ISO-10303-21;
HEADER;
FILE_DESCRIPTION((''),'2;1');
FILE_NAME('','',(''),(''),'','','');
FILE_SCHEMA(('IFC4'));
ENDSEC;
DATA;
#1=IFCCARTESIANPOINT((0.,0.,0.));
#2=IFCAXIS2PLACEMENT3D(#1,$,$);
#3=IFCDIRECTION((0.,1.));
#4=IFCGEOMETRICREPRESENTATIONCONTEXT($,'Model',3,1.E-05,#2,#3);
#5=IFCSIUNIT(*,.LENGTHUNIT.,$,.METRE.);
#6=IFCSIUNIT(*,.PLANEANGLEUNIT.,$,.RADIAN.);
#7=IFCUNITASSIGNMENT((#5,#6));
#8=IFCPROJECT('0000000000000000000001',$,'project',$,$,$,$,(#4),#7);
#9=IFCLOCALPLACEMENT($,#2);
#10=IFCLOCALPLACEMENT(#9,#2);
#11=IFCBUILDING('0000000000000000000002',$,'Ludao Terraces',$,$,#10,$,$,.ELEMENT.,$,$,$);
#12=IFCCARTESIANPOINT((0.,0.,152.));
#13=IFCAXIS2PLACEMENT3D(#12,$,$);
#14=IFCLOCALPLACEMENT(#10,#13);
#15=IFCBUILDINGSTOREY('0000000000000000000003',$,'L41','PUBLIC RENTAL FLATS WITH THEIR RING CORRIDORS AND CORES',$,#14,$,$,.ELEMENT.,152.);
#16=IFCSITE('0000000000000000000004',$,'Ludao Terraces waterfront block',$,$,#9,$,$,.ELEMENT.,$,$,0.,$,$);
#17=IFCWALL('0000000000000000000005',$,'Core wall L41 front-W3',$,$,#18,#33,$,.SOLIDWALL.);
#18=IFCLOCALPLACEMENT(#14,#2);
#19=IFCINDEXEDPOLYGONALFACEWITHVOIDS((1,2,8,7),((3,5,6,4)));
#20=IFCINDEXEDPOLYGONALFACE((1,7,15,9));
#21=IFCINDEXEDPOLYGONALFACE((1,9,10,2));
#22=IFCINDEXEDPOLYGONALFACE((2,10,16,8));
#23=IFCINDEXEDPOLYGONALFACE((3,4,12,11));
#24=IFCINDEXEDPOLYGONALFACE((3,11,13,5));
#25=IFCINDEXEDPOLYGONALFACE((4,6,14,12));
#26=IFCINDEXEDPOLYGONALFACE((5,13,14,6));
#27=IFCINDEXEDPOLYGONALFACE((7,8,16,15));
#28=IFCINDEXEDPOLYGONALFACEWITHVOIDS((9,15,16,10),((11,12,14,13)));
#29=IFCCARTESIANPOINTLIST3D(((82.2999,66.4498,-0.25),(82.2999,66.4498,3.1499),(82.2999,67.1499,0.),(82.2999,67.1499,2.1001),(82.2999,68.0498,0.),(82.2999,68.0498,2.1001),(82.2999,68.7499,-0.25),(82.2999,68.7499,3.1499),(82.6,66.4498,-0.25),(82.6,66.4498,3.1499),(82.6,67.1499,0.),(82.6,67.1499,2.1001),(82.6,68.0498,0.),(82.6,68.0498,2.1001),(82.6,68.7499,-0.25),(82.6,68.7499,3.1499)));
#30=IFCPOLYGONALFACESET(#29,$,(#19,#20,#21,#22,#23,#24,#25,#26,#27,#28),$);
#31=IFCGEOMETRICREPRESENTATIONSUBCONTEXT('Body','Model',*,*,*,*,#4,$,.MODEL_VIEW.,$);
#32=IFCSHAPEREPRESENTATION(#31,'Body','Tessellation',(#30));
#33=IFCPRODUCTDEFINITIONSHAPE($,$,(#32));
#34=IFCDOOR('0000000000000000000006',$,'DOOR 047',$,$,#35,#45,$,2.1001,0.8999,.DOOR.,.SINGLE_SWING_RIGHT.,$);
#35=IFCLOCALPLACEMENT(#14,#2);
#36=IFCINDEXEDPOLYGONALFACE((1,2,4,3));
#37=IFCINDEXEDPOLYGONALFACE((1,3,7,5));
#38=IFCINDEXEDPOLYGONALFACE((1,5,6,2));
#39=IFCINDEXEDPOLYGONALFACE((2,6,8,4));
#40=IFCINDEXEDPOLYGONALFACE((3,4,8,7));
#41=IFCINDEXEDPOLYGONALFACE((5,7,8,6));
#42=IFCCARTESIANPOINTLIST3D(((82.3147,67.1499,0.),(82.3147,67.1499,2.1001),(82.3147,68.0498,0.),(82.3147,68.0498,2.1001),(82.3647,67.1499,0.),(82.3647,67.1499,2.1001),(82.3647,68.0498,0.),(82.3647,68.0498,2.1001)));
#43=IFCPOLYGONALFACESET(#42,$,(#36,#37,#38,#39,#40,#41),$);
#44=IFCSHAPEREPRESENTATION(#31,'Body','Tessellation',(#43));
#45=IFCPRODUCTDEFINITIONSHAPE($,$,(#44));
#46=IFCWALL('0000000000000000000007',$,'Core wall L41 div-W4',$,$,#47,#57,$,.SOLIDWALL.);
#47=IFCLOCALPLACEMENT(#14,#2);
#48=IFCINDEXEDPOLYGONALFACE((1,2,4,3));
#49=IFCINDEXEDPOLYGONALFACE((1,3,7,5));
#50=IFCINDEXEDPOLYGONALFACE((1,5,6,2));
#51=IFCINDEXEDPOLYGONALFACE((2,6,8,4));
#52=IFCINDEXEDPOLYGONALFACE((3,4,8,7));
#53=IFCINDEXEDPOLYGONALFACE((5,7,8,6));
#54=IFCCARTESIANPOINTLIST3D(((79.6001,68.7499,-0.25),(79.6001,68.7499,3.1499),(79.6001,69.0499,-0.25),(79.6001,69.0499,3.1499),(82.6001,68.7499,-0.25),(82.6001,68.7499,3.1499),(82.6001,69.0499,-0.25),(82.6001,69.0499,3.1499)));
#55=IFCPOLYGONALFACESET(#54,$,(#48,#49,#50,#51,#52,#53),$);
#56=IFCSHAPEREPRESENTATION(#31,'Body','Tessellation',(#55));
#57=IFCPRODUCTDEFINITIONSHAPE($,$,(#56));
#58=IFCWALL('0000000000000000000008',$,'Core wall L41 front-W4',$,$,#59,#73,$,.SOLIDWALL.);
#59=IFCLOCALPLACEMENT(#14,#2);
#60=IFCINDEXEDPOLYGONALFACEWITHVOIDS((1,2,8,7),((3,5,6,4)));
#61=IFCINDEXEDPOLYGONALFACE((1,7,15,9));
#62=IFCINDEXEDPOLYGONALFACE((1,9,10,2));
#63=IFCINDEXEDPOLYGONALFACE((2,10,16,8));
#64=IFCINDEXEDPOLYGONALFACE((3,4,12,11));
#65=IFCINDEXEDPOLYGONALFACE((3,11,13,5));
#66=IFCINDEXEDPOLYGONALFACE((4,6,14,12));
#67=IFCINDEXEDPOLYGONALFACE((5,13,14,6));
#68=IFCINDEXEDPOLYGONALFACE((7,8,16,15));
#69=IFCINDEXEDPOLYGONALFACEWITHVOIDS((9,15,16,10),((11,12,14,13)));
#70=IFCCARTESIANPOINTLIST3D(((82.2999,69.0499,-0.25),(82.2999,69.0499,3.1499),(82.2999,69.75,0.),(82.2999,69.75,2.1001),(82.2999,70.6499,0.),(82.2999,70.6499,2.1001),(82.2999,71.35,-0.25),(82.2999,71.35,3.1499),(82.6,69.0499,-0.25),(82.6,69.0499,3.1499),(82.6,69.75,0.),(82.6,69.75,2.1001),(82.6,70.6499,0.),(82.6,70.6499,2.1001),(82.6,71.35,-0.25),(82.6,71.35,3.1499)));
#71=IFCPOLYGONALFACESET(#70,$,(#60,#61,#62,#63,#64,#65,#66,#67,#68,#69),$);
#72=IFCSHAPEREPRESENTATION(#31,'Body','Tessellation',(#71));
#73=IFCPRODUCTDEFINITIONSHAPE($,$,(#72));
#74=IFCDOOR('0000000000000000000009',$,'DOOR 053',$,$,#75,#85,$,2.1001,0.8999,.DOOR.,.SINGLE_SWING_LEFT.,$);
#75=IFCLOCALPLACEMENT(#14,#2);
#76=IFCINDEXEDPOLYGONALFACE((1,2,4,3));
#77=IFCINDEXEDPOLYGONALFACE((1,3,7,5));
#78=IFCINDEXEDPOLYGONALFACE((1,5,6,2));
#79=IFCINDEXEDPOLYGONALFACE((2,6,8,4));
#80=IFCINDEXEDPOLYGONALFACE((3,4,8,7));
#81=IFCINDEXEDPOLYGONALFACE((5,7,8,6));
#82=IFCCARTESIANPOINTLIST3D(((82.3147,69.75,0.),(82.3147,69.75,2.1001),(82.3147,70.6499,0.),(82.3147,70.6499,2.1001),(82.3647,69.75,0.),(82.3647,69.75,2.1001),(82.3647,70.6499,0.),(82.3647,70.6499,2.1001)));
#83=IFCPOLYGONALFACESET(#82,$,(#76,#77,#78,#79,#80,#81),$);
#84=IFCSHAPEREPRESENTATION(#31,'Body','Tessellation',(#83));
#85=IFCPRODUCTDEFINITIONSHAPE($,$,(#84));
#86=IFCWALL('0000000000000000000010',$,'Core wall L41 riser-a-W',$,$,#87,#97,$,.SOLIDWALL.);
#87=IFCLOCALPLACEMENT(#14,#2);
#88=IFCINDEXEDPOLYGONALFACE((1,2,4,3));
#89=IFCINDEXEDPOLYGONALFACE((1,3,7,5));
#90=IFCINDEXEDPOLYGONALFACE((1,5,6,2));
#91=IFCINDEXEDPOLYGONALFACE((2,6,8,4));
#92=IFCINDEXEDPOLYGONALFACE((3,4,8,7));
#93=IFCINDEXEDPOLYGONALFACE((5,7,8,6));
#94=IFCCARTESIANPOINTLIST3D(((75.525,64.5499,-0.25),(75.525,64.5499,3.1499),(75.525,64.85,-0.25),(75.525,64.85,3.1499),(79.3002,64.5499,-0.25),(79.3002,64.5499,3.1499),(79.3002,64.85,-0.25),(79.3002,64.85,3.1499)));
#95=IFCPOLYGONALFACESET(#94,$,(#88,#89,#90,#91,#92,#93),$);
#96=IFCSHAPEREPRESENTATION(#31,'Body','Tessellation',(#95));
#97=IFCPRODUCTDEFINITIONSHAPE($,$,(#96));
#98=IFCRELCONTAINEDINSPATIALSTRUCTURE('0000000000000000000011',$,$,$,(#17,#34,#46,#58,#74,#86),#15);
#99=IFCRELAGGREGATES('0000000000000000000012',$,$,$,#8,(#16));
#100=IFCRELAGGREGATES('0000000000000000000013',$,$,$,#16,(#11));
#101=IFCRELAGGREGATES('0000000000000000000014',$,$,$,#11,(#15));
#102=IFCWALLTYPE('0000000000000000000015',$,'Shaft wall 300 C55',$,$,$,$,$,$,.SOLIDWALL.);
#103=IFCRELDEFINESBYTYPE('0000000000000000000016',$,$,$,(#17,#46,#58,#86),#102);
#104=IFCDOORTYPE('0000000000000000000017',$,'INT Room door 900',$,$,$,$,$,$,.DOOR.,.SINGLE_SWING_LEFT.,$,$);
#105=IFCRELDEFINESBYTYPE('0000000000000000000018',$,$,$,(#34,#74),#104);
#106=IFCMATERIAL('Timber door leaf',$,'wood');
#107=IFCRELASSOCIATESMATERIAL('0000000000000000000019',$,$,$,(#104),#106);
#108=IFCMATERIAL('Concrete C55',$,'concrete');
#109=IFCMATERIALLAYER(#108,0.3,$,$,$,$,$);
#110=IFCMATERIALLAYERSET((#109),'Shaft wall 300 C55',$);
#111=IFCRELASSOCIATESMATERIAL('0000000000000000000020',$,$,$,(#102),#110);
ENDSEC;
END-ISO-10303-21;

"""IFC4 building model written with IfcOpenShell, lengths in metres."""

from ifc_helpers import new_model, si_unit, direction, frame, frame_2d, origin, place, context, subcontext, project, spatial, rectangle, extrude, material, layer, layer_set, type_object, element, fill, save


model = new_model("IFC4")

# Units and contexts
model_context = context("Model", 3, precision=1e-05, world=origin(), true_north=direction((0.0, 1.0)))
body_context = subcontext(model_context, "Body", "Model", "MODEL_VIEW")
ifc_project = project(units=[si_unit("LENGTHUNIT", "METRE"), si_unit("PLANEANGLEUNIT", "RADIAN")], contexts=[model_context])

# Site, building, storey
site_placement = place(None, origin())
site = spatial("IfcSite", under=ifc_project, at=site_placement, Name="Ludao Terraces waterfront block", CompositionType="ELEMENT", RefElevation=0.0)
building_placement = place(site_placement, origin())
building = spatial("IfcBuilding", under=site, at=building_placement, Name="Ludao Terraces", CompositionType="ELEMENT")
storey_placement = place(building_placement, frame((0.0, 0.0, 152.0)))
storey = spatial("IfcBuildingStorey", under=building, at=storey_placement, Name="L41", Description="PUBLIC RENTAL FLATS WITH THEIR RING CORRIDORS AND CORES", CompositionType="ELEMENT", Elevation=152.0)

# Shared definitions
ifc_material_1 = material(Name="Timber door leaf", Category="wood")
door_type_1 = type_object("IfcDoorType", Name="INT Room door 900", OperationType="SINGLE_SWING_LEFT", PredefinedType="DOOR", material=ifc_material_1)

# Shared definitions
ifc_material_2 = material(Name="Concrete C55", Category="concrete")
ifc_layer_1 = layer(ifc_material_2, 0.3)
ifc_layer_set_1 = layer_set([ifc_layer_1], Name="Shaft wall 300 C55")
wall_type_1 = type_object("IfcWallType", Name="Shaft wall 300 C55", PredefinedType="SOLIDWALL", material=ifc_layer_set_1)

# Wall, opening, door
wall_1_placement = place(storey_placement, frame((82.45, 66.45, -0.25), z_axis=(0.0, 0.0, 1.0), x_axis=(0.0, 1.0, 0.0)))
wall_1 = element("IfcWall", 1, at=wall_1_placement, inside=storey, type_object=wall_type_1, Name="Core wall L41 front-W3", PredefinedType="SOLIDWALL", context=body_context, shape_type="SweptSolid", body=[
    extrude(rectangle(XDim=2.3, YDim=0.3, at=frame_2d((1.1499, 0.0))), origin(), (0.0, 0.0, 1.0), 3.3999),
])
opening_1_placement = place(wall_1_placement, frame((0.7, 0.0, 0.25)))
opening_1 = element("IfcOpeningElement", 2, at=opening_1_placement, cuts=wall_1, PredefinedType="OPENING", context=body_context, shape_type="SweptSolid", body=[
    extrude(rectangle(XDim=0.8999, YDim=2.1001, at=frame_2d((0.45, 1.05))), frame((0.0, 0.1602, 0.0), z_axis=(0.0, -1.0, 0.0), x_axis=(1.0, 0.0, 0.0)), (0.0, 0.0, 1.0), 0.3201),
])
door_1_placement = place(opening_1_placement, origin())
door_1 = element("IfcDoor", 3, at=door_1_placement, inside=storey, type_object=door_type_1, Name="DOOR 047", OperationType="SINGLE_SWING_RIGHT", OverallHeight=2.1001, OverallWidth=0.8999, PredefinedType="DOOR", context=body_context, shape_type="SweptSolid", body=[
    extrude(rectangle(XDim=0.8999, YDim=2.1001, at=frame_2d((0.45, 1.05))), frame((0.0, 0.1353, 0.0), z_axis=(0.0, -1.0, 0.0), x_axis=(1.0, 0.0, 0.0)), (0.0, 0.0, 1.0), 0.05),
])
fill(opening_1, door_1)

# Wall
wall_2_placement = place(storey_placement, frame((79.6001, 68.8999, -0.25), z_axis=(0.0, 0.0, 1.0), x_axis=(1.0, 0.0, 0.0)))
element("IfcWall", 4, at=wall_2_placement, inside=storey, type_object=wall_type_1, Name="Core wall L41 div-W4", PredefinedType="SOLIDWALL", context=body_context, shape_type="SweptSolid", body=[
    extrude(rectangle(XDim=3.0, YDim=0.3, at=frame_2d((1.5, 0.0))), origin(), (0.0, 0.0, 1.0), 3.3999),
])

# Wall, opening, door
wall_3_placement = place(storey_placement, frame((82.45, 69.05, -0.25), z_axis=(0.0, 0.0, 1.0), x_axis=(0.0, 1.0, 0.0)))
wall_3 = element("IfcWall", 5, at=wall_3_placement, inside=storey, type_object=wall_type_1, Name="Core wall L41 front-W4", PredefinedType="SOLIDWALL", context=body_context, shape_type="SweptSolid", body=[
    extrude(rectangle(XDim=2.3, YDim=0.3, at=frame_2d((1.1499, 0.0))), origin(), (0.0, 0.0, 1.0), 3.3999),
])
opening_2_placement = place(wall_3_placement, frame((0.7, 0.0, 0.25)))
opening_2 = element("IfcOpeningElement", 6, at=opening_2_placement, cuts=wall_3, PredefinedType="OPENING", context=body_context, shape_type="SweptSolid", body=[
    extrude(rectangle(XDim=0.8999, YDim=2.1001, at=frame_2d((0.45, 1.05))), frame((0.0, 0.1602, 0.0), z_axis=(0.0, -1.0, 0.0), x_axis=(1.0, 0.0, 0.0)), (0.0, 0.0, 1.0), 0.3201),
])
door_2_placement = place(opening_2_placement, origin())
door_2 = element("IfcDoor", 7, at=door_2_placement, inside=storey, type_object=door_type_1, Name="DOOR 053", OperationType="SINGLE_SWING_LEFT", OverallHeight=2.1001, OverallWidth=0.8999, PredefinedType="DOOR", context=body_context, shape_type="SweptSolid", body=[
    extrude(rectangle(XDim=0.8999, YDim=2.1001, at=frame_2d((0.45, 1.05))), frame((0.0, 0.1353, 0.0), z_axis=(0.0, -1.0, 0.0), x_axis=(1.0, 0.0, 0.0)), (0.0, 0.0, 1.0), 0.05),
])
fill(opening_2, door_2)

# Wall
wall_4_placement = place(storey_placement, frame((75.5249, 64.7, -0.25), z_axis=(0.0, 0.0, 1.0), x_axis=(1.0, 0.0, 0.0)))
element("IfcWall", 8, at=wall_4_placement, inside=storey, type_object=wall_type_1, Name="Core wall L41 riser-a-W", PredefinedType="SOLIDWALL", context=body_context, shape_type="SweptSolid", body=[
    extrude(rectangle(XDim=3.7751, YDim=0.3, at=frame_2d((1.8877, 0.0))), origin(), (0.0, 0.0, 1.0), 3.3999),
])

save(model, "model.ifc")
